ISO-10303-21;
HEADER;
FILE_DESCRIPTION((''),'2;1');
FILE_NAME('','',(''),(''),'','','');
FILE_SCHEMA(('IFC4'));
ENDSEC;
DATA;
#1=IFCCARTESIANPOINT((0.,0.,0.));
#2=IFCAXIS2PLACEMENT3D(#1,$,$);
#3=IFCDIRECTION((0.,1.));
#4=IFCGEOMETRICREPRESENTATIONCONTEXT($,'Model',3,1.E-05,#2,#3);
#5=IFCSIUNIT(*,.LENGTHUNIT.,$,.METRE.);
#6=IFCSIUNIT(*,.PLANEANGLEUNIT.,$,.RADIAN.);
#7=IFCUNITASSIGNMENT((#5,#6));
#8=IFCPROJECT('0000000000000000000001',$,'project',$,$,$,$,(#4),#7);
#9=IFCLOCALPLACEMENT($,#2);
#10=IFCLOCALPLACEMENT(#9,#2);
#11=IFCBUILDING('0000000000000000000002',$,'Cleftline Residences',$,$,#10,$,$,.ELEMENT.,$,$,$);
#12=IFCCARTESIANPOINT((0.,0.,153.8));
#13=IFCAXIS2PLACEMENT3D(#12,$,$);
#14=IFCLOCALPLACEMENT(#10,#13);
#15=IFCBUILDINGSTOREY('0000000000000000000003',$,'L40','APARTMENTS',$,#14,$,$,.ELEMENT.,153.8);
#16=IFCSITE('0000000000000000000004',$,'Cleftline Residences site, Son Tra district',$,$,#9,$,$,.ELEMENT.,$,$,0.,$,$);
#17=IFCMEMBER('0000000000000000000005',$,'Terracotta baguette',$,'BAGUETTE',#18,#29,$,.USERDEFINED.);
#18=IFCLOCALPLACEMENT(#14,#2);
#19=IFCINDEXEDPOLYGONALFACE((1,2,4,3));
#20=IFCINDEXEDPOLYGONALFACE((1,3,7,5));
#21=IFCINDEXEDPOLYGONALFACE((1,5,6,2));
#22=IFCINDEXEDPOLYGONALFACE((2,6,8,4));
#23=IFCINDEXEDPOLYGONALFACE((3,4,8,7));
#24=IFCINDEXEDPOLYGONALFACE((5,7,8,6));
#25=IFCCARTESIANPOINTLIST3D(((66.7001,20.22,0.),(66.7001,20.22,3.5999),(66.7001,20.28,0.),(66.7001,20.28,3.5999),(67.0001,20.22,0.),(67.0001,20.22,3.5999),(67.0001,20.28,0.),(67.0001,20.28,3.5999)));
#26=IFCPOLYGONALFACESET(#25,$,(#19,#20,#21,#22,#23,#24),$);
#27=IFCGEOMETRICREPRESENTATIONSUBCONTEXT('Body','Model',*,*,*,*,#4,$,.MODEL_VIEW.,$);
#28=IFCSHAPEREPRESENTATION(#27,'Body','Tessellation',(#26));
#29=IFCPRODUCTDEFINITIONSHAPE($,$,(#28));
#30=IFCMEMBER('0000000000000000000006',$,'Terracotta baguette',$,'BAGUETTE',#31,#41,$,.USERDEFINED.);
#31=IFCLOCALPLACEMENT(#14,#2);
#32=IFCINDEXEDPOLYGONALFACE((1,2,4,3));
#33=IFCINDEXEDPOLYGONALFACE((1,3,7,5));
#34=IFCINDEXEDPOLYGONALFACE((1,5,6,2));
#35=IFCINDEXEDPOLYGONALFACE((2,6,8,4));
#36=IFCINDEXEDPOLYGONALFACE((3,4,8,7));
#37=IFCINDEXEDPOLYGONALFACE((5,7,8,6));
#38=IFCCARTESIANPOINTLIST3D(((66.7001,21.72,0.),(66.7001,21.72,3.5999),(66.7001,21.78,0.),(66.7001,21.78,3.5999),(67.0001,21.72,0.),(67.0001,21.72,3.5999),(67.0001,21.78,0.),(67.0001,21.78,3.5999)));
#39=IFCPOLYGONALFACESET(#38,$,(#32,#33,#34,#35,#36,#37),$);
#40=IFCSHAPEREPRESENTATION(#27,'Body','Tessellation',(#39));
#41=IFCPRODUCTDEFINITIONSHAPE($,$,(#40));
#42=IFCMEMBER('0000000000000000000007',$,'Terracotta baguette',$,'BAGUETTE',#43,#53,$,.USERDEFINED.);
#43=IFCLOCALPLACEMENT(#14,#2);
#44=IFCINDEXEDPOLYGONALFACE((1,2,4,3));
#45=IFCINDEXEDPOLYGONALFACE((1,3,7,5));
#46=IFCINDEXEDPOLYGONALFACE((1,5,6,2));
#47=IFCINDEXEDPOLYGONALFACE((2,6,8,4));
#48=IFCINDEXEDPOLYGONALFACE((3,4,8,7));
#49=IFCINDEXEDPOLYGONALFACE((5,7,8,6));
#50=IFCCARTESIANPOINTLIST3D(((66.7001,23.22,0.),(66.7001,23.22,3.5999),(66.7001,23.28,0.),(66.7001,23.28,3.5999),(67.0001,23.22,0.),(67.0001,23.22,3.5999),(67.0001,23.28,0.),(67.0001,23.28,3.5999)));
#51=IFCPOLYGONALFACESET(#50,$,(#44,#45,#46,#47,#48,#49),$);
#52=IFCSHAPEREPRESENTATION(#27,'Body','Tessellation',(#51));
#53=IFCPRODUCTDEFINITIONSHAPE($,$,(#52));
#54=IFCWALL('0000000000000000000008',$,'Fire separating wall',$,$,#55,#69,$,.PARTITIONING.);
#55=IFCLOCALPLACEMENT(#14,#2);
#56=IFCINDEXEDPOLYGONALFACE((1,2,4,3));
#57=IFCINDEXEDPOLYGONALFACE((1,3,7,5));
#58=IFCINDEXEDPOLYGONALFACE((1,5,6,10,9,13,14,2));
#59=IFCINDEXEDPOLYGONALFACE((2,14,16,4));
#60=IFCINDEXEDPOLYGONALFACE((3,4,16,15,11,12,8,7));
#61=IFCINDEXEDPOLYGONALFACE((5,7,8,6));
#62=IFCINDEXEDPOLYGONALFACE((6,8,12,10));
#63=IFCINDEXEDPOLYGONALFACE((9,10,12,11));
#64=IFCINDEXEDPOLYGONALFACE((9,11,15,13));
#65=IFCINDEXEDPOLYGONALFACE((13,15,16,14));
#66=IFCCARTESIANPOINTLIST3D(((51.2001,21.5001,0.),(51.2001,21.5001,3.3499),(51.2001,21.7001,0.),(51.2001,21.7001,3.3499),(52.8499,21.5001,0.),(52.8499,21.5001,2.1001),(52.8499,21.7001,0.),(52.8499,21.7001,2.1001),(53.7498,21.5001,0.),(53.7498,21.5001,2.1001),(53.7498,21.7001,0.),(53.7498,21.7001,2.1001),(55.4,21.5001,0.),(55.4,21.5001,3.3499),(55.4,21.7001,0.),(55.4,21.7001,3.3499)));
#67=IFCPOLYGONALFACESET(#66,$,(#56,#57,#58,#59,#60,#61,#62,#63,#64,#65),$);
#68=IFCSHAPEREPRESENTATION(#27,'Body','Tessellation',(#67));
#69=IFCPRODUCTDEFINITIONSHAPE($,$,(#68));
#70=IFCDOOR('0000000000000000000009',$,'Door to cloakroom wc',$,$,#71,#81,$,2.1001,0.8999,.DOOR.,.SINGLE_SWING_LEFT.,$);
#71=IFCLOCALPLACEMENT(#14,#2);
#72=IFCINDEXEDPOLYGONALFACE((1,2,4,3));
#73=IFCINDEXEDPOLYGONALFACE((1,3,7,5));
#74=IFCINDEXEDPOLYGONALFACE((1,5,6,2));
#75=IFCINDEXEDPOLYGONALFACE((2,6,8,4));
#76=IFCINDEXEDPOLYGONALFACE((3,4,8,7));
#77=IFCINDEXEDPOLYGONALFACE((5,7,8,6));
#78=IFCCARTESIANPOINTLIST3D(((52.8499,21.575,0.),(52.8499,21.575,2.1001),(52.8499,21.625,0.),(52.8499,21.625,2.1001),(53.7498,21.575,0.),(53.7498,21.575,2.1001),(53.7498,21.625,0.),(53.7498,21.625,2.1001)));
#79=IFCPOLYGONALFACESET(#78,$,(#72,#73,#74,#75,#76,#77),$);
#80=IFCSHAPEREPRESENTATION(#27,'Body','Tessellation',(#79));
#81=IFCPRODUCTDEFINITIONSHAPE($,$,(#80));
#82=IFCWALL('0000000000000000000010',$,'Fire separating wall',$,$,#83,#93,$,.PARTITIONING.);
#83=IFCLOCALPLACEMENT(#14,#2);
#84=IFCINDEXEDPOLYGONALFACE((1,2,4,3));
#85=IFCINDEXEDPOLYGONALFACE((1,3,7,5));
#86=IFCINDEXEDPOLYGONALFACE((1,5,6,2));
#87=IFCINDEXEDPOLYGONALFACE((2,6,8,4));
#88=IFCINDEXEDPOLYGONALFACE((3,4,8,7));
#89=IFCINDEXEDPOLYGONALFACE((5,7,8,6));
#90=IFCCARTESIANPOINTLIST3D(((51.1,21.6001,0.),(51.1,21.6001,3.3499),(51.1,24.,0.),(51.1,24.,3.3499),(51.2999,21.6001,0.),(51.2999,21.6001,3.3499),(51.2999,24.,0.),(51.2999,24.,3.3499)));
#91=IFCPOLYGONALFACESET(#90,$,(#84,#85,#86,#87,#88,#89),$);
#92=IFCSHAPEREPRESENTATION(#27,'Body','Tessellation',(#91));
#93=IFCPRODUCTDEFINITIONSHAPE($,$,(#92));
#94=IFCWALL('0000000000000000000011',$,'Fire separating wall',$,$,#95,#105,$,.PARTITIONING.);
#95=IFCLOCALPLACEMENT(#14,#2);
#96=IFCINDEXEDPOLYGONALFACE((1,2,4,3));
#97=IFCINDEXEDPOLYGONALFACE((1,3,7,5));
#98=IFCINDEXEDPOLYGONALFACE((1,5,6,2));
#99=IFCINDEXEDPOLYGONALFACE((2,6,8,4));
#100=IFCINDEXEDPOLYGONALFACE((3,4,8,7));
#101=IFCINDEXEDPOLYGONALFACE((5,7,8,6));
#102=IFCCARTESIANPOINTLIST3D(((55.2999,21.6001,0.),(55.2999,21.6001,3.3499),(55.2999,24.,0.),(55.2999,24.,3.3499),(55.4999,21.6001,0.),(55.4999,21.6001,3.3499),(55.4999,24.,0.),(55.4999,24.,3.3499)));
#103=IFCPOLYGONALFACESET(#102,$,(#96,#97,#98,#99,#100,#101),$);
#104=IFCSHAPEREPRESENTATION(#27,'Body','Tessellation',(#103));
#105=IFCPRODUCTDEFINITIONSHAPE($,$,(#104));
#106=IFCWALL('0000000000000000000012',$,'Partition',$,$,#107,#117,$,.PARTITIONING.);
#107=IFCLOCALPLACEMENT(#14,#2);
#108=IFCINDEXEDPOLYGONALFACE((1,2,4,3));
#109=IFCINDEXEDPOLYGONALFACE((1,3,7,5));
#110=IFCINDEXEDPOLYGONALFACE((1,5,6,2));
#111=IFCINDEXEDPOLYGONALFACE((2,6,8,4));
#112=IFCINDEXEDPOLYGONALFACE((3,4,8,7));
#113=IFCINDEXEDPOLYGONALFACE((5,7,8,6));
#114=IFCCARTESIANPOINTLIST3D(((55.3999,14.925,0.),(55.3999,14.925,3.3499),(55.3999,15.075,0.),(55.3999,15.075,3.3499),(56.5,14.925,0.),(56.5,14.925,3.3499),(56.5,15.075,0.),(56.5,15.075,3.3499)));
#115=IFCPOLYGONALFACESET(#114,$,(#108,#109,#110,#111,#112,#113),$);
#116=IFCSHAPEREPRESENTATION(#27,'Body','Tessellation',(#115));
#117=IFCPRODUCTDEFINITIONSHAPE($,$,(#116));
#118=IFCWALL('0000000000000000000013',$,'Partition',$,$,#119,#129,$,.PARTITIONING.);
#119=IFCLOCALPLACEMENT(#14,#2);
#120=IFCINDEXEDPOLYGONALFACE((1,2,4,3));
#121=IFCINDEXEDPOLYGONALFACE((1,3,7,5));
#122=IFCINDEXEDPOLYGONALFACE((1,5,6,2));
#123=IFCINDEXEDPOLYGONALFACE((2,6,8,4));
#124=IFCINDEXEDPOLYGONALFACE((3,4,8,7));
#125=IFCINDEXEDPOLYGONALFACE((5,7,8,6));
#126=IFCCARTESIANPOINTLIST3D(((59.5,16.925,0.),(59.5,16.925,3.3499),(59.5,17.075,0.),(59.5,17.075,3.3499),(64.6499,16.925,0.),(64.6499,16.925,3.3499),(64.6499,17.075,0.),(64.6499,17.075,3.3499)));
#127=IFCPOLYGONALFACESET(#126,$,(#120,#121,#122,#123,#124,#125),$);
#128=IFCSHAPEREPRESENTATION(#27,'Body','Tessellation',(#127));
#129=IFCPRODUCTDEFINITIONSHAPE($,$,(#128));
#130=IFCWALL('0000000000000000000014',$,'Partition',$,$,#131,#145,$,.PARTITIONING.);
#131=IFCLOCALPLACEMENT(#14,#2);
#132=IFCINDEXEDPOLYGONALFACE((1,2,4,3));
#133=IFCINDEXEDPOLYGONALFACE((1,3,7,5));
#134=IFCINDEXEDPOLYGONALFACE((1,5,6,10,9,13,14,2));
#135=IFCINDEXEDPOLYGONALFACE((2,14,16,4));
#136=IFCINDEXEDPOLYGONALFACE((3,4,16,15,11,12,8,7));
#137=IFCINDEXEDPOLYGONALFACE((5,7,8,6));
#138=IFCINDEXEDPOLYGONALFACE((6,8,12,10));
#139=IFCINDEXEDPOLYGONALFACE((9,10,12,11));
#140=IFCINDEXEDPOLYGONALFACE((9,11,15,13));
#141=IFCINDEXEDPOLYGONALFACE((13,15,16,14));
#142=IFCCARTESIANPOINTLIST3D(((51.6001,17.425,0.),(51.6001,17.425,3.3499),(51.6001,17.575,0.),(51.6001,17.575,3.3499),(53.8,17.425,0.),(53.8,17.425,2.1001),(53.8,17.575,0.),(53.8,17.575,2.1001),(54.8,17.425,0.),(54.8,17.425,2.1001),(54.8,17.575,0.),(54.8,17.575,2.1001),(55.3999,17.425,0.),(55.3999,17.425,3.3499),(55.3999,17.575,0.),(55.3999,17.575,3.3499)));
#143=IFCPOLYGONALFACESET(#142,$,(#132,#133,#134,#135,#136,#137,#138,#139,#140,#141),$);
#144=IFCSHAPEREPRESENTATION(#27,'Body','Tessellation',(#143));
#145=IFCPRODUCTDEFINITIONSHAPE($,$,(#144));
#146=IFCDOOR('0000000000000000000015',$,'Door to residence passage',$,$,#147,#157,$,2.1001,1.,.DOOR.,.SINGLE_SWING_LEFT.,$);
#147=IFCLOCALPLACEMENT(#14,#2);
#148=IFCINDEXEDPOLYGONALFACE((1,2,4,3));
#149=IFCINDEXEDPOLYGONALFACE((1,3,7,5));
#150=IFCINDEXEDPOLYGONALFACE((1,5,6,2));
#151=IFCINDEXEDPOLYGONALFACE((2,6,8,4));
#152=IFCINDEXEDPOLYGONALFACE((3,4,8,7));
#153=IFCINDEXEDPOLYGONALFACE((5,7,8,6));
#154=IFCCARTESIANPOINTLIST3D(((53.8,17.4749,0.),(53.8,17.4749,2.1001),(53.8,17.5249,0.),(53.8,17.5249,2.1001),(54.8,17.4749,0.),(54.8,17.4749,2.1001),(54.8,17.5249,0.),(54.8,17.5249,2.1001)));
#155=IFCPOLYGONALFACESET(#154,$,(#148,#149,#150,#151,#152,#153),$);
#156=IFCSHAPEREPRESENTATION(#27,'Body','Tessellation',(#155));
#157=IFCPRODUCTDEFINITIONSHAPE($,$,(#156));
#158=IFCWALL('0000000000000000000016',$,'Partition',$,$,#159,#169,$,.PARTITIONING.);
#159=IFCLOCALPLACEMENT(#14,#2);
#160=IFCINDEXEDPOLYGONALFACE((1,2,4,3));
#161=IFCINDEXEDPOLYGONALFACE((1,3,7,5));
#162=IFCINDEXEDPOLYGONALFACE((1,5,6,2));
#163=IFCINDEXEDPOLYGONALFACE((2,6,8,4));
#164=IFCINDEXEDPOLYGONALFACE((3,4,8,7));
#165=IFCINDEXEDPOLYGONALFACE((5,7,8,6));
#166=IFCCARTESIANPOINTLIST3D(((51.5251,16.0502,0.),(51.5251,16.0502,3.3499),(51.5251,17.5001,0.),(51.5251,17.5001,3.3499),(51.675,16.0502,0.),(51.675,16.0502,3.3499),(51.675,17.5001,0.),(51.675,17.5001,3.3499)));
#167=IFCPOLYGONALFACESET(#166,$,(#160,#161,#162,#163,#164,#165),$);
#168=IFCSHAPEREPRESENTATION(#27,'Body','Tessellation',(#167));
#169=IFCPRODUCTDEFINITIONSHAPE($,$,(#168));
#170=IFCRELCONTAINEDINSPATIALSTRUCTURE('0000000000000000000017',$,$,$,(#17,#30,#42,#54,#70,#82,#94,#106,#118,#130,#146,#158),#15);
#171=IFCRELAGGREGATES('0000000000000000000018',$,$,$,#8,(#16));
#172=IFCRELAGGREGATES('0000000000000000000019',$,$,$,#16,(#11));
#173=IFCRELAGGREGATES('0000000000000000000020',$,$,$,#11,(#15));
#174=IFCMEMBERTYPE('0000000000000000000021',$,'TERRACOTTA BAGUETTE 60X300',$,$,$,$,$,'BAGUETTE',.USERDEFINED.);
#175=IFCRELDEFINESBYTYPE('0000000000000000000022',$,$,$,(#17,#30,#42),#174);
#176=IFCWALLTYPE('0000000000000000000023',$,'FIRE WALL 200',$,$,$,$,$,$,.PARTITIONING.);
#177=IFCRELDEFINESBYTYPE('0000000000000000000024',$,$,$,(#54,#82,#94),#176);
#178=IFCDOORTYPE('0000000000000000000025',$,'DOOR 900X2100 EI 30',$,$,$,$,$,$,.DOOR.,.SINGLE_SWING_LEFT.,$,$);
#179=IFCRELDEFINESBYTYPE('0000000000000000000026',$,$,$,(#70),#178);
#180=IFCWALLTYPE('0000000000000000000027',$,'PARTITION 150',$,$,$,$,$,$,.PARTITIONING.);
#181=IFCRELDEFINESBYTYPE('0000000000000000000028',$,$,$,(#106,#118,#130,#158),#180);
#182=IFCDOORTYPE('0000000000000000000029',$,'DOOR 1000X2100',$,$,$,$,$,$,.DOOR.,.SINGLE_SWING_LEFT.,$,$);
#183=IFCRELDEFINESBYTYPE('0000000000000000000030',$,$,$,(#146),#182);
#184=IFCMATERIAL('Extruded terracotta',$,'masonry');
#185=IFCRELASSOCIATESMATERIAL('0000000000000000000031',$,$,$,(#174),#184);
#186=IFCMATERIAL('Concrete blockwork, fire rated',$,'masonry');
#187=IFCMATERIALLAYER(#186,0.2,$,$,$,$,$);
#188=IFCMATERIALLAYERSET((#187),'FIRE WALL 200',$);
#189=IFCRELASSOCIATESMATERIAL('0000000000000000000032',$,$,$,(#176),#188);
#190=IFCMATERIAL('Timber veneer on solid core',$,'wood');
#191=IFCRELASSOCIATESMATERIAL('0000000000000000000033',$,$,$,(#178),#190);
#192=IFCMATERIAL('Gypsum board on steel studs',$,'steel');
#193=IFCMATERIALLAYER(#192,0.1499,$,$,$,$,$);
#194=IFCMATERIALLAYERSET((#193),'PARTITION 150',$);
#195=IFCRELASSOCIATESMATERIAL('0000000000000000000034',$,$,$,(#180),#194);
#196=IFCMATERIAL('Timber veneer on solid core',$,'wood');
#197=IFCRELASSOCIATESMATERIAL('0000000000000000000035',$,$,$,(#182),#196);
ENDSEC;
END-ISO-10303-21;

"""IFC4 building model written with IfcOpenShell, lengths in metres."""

from ifc_helpers import new_model, si_unit, direction, frame, frame_2d, origin, origin_2d, place, context, subcontext, project, spatial, rectangle, extrude, material, layer, layer_set, material_profile, profile_set, type_object, element, fill, save


model = new_model("IFC4")

# Units and contexts
model_context = context("Model", 3, precision=1e-05, world=origin(), true_north=direction((0.0, 1.0)))
body_context = subcontext(model_context, "Body", "Model", "MODEL_VIEW")
ifc_project = project(units=[si_unit("LENGTHUNIT", "METRE"), si_unit("PLANEANGLEUNIT", "RADIAN")], contexts=[model_context])

# Site, building, storey
site_placement = place(None, origin())
site = spatial("IfcSite", under=ifc_project, at=site_placement, Name="Cleftline Residences site, Son Tra district", CompositionType="ELEMENT", RefElevation=0.0)
building_placement = place(site_placement, origin())
building = spatial("IfcBuilding", under=site, at=building_placement, Name="Cleftline Residences", CompositionType="ELEMENT")
storey_placement = place(building_placement, frame((0.0, 0.0, 153.8)))
storey = spatial("IfcBuildingStorey", under=building, at=storey_placement, Name="L40", Description="APARTMENTS", CompositionType="ELEMENT", Elevation=153.8)

# Members
ifc_material_1 = material(Name="Extruded terracotta", Category="masonry")
ifc_material_profile_1 = material_profile(ifc_material_1, rectangle(XDim=0.0601, YDim=0.3, at=origin_2d()))
ifc_profile_set_1 = profile_set([ifc_material_profile_1], Name="Extruded terracotta")
member_type_1 = type_object("IfcMemberType", Name="TERRACOTTA BAGUETTE 60X300", ElementType="BAGUETTE", PredefinedType="USERDEFINED", material=ifc_profile_set_1)
for number, where, z_axis, x_axis, name in (
    (1, (66.8501, 20.25, 0.0), (0.0, 0.0, 1.0), (0.0, 1.0, 0.0), "Terracotta baguette"),
    (2, (66.8501, 21.75, 0.0), (0.0, 0.0, 1.0), (0.0, 1.0, 0.0), "Terracotta baguette"),
    (3, (66.8501, 23.25, 0.0), (0.0, 0.0, 1.0), (0.0, 1.0, 0.0), "Terracotta baguette"),
):
    element("IfcMember", number, at=place(storey_placement, frame(where, z_axis=z_axis, x_axis=x_axis)), inside=storey, type_object=member_type_1, Name=name, ObjectType="BAGUETTE", PredefinedType="USERDEFINED", context=body_context, shape_type="SweptSolid", body=[
        extrude(rectangle(XDim=0.0601, YDim=0.3, at=origin_2d()), origin(), (0.0, 0.0, 1.0), 3.5999),
    ])

# Wall, opening, door
ifc_material_2 = material(Name="Concrete blockwork, fire rated", Category="masonry")
ifc_layer_1 = layer(ifc_material_2, 0.2)
ifc_layer_set_1 = layer_set([ifc_layer_1], Name="FIRE WALL 200")
wall_type_1 = type_object("IfcWallType", Name="FIRE WALL 200", PredefinedType="PARTITIONING", material=ifc_layer_set_1)
wall_1_placement = place(storey_placement, frame((51.2, 21.6001, 0.0), z_axis=(0.0, 0.0, 1.0), x_axis=(1.0, 0.0, 0.0)))
wall_1 = element("IfcWall", 4, at=wall_1_placement, inside=storey, type_object=wall_type_1, Name="Fire separating wall", PredefinedType="PARTITIONING", context=body_context, shape_type="SweptSolid", body=[
    extrude(rectangle(XDim=4.2, YDim=0.2, at=frame_2d((2.1001, 0.0))), origin(), (0.0, 0.0, 1.0), 3.3499),
])
opening_1_placement = place(wall_1_placement, frame((1.6499, 0.0, 0.0)))
opening_1 = element("IfcOpeningElement", 5, at=opening_1_placement, cuts=wall_1, PredefinedType="OPENING", context=body_context, shape_type="SweptSolid", body=[
    extrude(rectangle(XDim=0.8999, YDim=2.1001, at=frame_2d((0.45, 1.05))), frame((0.0, 0.1099, 0.0), z_axis=(0.0, -1.0, 0.0), x_axis=(1.0, 0.0, 0.0)), (0.0, 0.0, 1.0), 0.22),
])
ifc_material_3 = material(Name="Timber veneer on solid core", Category="wood")
door_type_1 = type_object("IfcDoorType", Name="DOOR 900X2100 EI 30", OperationType="SINGLE_SWING_LEFT", PredefinedType="DOOR", material=ifc_material_3)
door_1_placement = place(opening_1_placement, origin())
door_1 = element("IfcDoor", 6, at=door_1_placement, inside=storey, type_object=door_type_1, Name="Door to cloakroom wc", OperationType="SINGLE_SWING_LEFT", OverallHeight=2.1001, OverallWidth=0.8999, PredefinedType="DOOR", context=body_context, shape_type="SweptSolid", body=[
    extrude(rectangle(XDim=0.8999, YDim=2.1001, at=frame_2d((0.45, 1.05))), frame((0.0, 0.0249, 0.0), z_axis=(0.0, -1.0, 0.0), x_axis=(1.0, 0.0, 0.0)), (0.0, 0.0, 1.0), 0.05),
])
fill(opening_1, door_1)

# Walls
for number, where, z_axis, x_axis, name in (
    (7, (51.2, 21.6001, 0.0), (0.0, 0.0, 1.0), (0.0, 1.0, 0.0), "Fire separating wall"),
    (8, (55.3999, 21.6001, 0.0), (0.0, 0.0, 1.0), (0.0, 1.0, 0.0), "Fire separating wall"),
):
    element("IfcWall", number, at=place(storey_placement, frame(where, z_axis=z_axis, x_axis=x_axis)), inside=storey, type_object=wall_type_1, Name=name, PredefinedType="PARTITIONING", context=body_context, shape_type="SweptSolid", body=[
        extrude(rectangle(XDim=2.3999, YDim=0.2, at=frame_2d((1.2, 0.0))), origin(), (0.0, 0.0, 1.0), 3.3499),
    ])
ifc_material_4 = material(Name="Gypsum board on steel studs", Category="steel")
ifc_layer_2 = layer(ifc_material_4, 0.1499)
ifc_layer_set_2 = layer_set([ifc_layer_2], Name="PARTITION 150")
wall_type_2 = type_object("IfcWallType", Name="PARTITION 150", PredefinedType="PARTITIONING", material=ifc_layer_set_2)
wall_2_placement = place(storey_placement, frame((55.3999, 15.0, 0.0), z_axis=(0.0, 0.0, 1.0), x_axis=(1.0, 0.0, 0.0)))
element("IfcWall", 9, at=wall_2_placement, inside=storey, type_object=wall_type_2, Name="Partition", PredefinedType="PARTITIONING", context=body_context, shape_type="SweptSolid", body=[
    extrude(rectangle(XDim=1.1001, YDim=0.1499, at=frame_2d((0.55, 0.0))), origin(), (0.0, 0.0, 1.0), 3.3499),
])
wall_3_placement = place(storey_placement, frame((59.5, 17.0, 0.0), z_axis=(0.0, 0.0, 1.0), x_axis=(1.0, 0.0, 0.0)))
element("IfcWall", 10, at=wall_3_placement, inside=storey, type_object=wall_type_2, Name="Partition", PredefinedType="PARTITIONING", context=body_context, shape_type="SweptSolid", body=[
    extrude(rectangle(XDim=5.1499, YDim=0.1499, at=frame_2d((2.575, 0.0))), origin(), (0.0, 0.0, 1.0), 3.3499),
])

# Wall, opening, door
wall_4_placement = place(storey_placement, frame((51.6001, 17.5, 0.0), z_axis=(0.0, 0.0, 1.0), x_axis=(1.0, 0.0, 0.0)))
wall_4 = element("IfcWall", 11, at=wall_4_placement, inside=storey, type_object=wall_type_2, Name="Partition", PredefinedType="PARTITIONING", context=body_context, shape_type="SweptSolid", body=[
    extrude(rectangle(XDim=3.7998, YDim=0.1499, at=frame_2d((1.8999, 0.0))), origin(), (0.0, 0.0, 1.0), 3.3499),
])
opening_2_placement = place(wall_4_placement, frame((2.2, 0.0, 0.0)))
opening_2 = element("IfcOpeningElement", 12, at=opening_2_placement, cuts=wall_4, PredefinedType="OPENING", context=body_context, shape_type="SweptSolid", body=[
    extrude(rectangle(XDim=1.0, YDim=2.1001, at=frame_2d((0.5, 1.05))), frame((0.0, 0.085, 0.0), z_axis=(0.0, -1.0, 0.0), x_axis=(1.0, 0.0, 0.0)), (0.0, 0.0, 1.0), 0.1699),
])
ifc_material_5 = material(Name="Timber veneer on solid core", Category="wood")
door_type_2 = type_object("IfcDoorType", Name="DOOR 1000X2100", OperationType="SINGLE_SWING_LEFT", PredefinedType="DOOR", material=ifc_material_5)
door_2_placement = place(opening_2_placement, origin())
door_2 = element("IfcDoor", 13, at=door_2_placement, inside=storey, type_object=door_type_2, Name="Door to residence passage", OperationType="SINGLE_SWING_LEFT", OverallHeight=2.1001, OverallWidth=1.0, PredefinedType="DOOR", context=body_context, shape_type="SweptSolid", body=[
    extrude(rectangle(XDim=1.0, YDim=2.1001, at=frame_2d((0.5, 1.05))), frame((0.0, 0.0249, 0.0), z_axis=(0.0, -1.0, 0.0), x_axis=(1.0, 0.0, 0.0)), (0.0, 0.0, 1.0), 0.05),
])
fill(opening_2, door_2)

# Wall
wall_5_placement = place(storey_placement, frame((51.6001, 16.05, 0.0), z_axis=(0.0, 0.0, 1.0), x_axis=(0.0, 1.0, 0.0)))
element("IfcWall", 14, at=wall_5_placement, inside=storey, type_object=wall_type_2, Name="Partition", PredefinedType="PARTITIONING", context=body_context, shape_type="SweptSolid", body=[
    extrude(rectangle(XDim=1.45, YDim=0.1499, at=frame_2d((0.7251, 0.0))), origin(), (0.0, 0.0, 1.0), 3.3499),
])

save(model, "model.ifc")
